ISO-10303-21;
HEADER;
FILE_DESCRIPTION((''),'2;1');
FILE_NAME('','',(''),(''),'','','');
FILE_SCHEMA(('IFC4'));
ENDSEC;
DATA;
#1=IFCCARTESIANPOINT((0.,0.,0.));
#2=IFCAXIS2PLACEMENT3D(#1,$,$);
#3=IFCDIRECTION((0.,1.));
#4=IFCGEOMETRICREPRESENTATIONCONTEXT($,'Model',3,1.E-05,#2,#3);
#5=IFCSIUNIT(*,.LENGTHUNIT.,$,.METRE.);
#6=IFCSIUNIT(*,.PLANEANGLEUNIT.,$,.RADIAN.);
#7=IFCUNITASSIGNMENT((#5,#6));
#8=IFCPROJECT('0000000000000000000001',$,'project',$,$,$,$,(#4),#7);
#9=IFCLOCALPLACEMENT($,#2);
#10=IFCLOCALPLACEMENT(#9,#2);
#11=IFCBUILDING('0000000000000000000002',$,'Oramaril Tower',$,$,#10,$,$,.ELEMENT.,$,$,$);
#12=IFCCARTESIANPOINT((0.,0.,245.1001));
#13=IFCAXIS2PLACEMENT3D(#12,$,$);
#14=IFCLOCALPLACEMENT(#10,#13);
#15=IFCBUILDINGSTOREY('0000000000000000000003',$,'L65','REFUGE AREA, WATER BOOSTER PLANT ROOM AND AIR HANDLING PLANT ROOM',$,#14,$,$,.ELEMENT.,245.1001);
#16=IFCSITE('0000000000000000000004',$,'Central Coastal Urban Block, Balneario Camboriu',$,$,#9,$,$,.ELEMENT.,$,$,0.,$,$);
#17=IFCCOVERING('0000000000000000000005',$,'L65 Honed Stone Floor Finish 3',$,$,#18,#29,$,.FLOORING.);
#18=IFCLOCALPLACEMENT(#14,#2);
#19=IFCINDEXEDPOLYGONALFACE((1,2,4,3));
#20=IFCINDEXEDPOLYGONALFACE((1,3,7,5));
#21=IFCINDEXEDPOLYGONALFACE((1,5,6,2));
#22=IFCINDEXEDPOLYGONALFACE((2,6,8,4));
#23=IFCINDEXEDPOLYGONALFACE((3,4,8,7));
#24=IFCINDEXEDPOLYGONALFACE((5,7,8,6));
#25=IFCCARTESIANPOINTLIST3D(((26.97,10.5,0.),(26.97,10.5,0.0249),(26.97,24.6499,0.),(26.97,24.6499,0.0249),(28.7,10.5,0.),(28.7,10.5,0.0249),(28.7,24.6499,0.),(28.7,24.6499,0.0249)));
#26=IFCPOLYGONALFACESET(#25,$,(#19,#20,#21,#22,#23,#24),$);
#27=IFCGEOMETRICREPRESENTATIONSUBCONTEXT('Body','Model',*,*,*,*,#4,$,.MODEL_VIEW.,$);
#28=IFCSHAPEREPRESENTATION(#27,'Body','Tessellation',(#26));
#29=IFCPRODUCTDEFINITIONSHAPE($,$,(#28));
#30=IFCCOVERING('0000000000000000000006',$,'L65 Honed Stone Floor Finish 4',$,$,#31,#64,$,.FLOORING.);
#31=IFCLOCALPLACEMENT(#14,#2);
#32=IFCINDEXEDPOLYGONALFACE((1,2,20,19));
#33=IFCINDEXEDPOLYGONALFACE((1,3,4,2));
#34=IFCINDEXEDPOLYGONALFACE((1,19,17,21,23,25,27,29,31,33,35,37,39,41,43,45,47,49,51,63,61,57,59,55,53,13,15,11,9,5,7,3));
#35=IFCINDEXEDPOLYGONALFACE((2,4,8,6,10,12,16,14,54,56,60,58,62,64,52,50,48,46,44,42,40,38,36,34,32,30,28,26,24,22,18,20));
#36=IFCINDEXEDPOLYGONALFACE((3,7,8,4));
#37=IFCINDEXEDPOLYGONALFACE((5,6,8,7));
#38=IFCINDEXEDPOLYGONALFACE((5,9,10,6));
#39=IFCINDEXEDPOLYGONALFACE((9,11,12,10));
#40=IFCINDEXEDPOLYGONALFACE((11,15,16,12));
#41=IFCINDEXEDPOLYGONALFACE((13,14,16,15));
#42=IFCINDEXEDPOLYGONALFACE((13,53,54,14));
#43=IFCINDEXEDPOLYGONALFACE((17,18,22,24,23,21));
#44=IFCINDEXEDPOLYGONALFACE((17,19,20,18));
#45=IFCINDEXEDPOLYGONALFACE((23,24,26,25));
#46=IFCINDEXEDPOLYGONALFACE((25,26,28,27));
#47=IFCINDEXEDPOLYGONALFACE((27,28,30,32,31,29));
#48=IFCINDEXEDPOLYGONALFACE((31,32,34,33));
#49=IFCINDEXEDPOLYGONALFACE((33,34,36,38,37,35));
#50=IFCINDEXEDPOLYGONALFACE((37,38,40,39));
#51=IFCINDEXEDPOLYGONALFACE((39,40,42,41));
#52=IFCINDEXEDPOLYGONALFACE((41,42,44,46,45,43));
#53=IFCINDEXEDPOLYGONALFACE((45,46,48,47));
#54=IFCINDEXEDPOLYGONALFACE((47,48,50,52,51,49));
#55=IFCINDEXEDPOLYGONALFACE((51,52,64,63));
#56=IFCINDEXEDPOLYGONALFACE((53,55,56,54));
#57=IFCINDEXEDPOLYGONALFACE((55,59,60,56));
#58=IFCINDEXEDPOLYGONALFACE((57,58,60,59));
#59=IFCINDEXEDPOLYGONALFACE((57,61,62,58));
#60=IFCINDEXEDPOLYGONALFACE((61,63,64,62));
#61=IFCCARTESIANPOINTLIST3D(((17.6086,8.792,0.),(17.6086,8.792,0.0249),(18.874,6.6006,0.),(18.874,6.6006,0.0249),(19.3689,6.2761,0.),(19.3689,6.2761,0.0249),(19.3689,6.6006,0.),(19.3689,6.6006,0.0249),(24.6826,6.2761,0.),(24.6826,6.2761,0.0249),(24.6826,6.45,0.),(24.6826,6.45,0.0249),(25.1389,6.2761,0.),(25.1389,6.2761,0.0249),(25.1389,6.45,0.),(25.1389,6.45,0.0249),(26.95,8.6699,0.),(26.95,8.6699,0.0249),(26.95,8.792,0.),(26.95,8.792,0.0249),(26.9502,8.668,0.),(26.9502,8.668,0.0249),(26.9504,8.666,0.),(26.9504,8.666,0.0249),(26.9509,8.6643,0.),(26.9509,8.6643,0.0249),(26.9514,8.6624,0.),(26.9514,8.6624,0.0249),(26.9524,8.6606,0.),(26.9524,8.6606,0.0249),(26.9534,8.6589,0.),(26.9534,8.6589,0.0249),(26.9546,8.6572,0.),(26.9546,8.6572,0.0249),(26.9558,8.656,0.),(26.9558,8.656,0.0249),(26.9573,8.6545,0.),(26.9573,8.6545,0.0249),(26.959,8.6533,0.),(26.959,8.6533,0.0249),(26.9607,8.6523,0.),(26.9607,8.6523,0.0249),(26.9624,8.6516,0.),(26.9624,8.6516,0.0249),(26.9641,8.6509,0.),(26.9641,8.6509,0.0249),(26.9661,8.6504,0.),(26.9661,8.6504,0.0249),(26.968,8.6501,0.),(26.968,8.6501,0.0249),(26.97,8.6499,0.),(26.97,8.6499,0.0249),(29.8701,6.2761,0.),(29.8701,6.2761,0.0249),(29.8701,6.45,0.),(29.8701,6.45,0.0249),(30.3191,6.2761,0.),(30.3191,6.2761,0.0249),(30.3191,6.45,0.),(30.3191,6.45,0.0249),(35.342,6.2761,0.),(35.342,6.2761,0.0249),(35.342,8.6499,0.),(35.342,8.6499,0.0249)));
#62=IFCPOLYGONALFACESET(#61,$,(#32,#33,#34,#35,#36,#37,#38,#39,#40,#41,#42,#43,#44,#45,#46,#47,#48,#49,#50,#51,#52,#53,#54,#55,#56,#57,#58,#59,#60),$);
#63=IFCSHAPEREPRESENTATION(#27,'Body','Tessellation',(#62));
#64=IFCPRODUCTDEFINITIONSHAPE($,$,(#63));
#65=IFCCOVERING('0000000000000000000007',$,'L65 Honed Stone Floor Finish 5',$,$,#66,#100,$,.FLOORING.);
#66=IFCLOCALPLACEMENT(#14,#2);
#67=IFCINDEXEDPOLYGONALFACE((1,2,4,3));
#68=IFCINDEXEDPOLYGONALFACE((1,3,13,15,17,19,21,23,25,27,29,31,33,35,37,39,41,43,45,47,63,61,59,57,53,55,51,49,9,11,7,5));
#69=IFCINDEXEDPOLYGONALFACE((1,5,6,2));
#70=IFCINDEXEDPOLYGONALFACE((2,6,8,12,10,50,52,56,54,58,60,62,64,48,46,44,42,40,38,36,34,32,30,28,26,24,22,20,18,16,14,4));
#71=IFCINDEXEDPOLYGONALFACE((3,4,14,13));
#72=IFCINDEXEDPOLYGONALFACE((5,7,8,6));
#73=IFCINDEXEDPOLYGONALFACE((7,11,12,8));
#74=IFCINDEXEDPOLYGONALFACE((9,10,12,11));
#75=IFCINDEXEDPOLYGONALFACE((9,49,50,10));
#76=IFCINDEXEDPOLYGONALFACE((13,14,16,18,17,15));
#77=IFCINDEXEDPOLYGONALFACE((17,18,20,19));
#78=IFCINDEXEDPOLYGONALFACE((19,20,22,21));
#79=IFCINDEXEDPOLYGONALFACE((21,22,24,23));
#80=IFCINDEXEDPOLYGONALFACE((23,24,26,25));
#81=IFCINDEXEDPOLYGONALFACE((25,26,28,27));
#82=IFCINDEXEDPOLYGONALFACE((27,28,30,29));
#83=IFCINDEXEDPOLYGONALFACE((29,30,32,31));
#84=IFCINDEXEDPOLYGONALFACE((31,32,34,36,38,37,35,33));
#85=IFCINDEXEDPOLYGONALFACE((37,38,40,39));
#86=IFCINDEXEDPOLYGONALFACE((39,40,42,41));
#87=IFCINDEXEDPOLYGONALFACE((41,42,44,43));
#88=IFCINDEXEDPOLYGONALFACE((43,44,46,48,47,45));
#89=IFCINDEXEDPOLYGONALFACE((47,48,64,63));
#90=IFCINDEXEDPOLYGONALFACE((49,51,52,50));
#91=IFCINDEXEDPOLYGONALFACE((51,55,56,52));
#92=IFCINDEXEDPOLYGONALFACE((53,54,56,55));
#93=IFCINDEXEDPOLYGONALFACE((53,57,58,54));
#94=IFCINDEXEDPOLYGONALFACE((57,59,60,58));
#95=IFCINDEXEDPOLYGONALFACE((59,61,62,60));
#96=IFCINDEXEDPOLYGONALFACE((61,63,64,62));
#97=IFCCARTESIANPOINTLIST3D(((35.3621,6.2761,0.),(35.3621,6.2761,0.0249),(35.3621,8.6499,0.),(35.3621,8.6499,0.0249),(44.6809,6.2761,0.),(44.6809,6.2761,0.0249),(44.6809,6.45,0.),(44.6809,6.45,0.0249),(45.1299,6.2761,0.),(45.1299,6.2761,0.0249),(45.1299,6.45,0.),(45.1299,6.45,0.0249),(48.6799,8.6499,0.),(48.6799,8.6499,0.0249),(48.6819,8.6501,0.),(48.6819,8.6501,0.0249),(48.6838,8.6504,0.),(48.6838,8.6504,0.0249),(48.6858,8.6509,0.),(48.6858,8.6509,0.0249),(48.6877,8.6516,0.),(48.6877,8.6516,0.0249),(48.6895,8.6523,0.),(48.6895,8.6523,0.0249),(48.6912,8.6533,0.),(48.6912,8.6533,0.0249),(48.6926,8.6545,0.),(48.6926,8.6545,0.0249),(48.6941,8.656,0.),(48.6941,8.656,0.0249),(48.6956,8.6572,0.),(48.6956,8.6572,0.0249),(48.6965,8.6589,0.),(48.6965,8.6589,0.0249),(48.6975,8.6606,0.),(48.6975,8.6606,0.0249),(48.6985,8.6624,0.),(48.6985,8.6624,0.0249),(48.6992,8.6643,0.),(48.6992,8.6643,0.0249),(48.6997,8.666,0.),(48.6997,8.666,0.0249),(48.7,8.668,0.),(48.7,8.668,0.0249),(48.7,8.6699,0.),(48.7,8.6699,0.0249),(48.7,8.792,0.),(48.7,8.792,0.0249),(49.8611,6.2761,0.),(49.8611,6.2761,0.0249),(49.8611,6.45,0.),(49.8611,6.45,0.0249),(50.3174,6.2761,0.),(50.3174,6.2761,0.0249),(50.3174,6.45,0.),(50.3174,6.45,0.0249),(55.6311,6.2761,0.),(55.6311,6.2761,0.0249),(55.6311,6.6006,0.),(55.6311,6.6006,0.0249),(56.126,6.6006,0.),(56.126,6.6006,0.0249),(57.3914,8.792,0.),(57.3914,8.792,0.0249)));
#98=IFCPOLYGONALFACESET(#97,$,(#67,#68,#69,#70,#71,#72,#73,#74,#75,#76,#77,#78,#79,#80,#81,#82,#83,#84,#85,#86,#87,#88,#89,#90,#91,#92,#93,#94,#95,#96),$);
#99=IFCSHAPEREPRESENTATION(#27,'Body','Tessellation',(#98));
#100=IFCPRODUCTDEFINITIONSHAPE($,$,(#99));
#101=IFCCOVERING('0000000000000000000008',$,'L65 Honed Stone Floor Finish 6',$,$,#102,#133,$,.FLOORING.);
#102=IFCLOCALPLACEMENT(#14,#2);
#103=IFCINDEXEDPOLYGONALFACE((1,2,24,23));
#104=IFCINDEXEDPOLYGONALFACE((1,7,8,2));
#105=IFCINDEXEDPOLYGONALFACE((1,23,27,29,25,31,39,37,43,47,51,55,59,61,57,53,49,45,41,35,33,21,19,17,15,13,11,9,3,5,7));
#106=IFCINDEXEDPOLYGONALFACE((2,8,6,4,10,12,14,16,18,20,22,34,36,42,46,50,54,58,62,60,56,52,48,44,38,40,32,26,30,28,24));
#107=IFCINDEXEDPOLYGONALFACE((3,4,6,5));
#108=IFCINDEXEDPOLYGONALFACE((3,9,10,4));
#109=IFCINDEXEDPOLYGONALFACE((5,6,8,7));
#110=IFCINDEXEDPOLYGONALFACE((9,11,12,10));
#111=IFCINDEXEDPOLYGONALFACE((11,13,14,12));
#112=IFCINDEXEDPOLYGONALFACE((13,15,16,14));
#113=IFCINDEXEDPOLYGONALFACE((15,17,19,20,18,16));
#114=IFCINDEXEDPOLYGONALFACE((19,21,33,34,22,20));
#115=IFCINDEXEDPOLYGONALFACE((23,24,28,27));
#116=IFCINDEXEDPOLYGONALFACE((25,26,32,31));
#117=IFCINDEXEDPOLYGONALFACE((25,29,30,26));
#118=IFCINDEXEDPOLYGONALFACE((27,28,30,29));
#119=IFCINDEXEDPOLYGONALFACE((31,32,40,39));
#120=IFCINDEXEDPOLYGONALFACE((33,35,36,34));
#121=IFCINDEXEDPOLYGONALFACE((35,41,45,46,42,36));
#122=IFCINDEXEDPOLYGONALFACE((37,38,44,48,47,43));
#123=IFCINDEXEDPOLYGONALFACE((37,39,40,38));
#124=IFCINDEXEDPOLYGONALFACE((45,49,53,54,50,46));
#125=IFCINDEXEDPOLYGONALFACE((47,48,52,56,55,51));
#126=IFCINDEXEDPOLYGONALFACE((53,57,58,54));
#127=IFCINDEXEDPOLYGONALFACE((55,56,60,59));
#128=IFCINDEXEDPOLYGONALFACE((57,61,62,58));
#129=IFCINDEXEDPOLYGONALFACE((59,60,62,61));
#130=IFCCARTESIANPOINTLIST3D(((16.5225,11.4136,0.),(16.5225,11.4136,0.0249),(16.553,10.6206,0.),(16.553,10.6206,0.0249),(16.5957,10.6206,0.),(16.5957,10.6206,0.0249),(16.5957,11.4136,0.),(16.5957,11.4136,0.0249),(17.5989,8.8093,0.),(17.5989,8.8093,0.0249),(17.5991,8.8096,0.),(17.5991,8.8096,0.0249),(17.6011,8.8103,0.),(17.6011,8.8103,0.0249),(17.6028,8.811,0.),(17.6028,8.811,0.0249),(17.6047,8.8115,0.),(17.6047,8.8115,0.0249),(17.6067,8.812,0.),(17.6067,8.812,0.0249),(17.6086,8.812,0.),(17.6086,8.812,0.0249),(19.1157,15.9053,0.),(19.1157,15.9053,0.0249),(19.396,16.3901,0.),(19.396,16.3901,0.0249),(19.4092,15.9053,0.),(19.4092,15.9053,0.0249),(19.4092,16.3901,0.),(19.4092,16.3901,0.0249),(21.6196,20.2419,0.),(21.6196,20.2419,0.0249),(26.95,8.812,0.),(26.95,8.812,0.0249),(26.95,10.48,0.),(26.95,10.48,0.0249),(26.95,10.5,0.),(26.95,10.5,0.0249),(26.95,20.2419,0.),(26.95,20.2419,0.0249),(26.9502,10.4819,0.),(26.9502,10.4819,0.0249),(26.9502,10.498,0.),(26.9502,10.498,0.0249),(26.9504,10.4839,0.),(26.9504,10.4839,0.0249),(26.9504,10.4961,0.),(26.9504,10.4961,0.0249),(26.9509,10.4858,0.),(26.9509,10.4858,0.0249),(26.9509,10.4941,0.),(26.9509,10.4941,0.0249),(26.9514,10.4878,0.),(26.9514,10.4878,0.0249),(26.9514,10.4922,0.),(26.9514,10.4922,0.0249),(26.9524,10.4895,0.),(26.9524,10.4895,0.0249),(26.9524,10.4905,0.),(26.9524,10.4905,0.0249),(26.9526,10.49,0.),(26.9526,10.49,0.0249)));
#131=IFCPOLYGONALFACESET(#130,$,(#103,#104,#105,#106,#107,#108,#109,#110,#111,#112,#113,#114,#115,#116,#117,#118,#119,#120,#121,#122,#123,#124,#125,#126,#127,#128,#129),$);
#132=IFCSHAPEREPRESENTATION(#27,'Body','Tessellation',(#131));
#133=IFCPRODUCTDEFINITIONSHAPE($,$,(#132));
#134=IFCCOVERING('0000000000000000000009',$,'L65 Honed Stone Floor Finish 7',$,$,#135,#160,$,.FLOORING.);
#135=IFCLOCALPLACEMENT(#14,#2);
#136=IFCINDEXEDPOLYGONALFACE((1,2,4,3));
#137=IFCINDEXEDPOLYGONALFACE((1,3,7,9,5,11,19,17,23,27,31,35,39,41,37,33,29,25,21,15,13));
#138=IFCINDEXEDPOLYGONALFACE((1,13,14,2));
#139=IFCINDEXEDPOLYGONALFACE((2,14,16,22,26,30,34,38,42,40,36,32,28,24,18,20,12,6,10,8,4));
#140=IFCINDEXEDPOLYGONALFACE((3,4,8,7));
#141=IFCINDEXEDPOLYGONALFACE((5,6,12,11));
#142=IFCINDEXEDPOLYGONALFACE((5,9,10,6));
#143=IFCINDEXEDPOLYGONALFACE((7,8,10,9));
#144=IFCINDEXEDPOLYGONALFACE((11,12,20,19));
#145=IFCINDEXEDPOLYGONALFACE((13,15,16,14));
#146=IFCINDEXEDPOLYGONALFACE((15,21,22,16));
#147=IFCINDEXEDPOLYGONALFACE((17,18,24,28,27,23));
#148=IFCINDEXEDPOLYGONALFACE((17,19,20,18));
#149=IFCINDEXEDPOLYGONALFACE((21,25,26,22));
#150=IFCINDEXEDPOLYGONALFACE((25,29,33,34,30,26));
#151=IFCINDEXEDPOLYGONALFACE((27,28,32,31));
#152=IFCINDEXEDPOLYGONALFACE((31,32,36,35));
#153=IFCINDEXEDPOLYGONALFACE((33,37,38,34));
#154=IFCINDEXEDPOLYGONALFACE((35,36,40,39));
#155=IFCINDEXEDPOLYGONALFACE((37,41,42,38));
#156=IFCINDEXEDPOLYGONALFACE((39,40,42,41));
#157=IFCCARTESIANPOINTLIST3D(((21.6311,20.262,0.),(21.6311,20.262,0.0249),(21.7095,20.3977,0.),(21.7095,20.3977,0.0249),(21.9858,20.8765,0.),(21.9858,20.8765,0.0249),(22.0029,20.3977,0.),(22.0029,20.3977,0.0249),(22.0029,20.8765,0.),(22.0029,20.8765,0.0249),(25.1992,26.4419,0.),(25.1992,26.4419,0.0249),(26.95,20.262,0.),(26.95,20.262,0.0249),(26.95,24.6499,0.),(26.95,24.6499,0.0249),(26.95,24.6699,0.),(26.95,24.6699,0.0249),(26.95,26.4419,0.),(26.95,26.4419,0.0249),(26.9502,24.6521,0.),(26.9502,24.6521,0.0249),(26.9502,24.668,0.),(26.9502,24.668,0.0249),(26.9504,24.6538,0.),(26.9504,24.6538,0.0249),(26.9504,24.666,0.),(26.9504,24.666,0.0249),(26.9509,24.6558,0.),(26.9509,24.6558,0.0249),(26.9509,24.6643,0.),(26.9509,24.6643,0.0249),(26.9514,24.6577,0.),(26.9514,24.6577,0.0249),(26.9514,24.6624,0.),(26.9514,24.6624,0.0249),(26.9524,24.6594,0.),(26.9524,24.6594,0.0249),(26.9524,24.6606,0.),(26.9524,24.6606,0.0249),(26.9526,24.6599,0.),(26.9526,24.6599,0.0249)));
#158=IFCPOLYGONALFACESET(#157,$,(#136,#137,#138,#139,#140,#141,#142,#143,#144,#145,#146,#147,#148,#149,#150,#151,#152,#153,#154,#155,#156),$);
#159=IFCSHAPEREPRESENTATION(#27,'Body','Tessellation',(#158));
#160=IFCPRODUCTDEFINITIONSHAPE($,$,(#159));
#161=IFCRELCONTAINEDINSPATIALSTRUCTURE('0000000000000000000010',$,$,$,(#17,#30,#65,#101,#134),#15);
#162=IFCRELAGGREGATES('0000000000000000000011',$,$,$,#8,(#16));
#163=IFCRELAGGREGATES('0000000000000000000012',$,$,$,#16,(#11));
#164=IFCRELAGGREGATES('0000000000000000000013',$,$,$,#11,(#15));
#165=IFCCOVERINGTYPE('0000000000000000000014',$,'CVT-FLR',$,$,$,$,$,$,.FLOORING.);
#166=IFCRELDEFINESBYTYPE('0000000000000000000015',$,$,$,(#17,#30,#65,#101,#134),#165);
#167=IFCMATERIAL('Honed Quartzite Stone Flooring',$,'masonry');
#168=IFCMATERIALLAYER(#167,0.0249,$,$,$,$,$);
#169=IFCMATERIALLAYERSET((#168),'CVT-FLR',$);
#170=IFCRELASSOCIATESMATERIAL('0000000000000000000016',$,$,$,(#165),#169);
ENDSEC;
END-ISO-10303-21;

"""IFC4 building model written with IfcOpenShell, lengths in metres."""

from ifc_helpers import new_model, si_unit, direction, frame, origin, place, context, subcontext, project, spatial, polyline, outline, extrude, material, layer, layer_set, type_object, element, save


model = new_model("IFC4")

# Units and contexts
model_context = context("Model", 3, precision=1e-05, world=origin(), true_north=direction((0.0, 1.0)))
body_context = subcontext(model_context, "Body", "Model", "MODEL_VIEW")
ifc_project = project(units=[si_unit("LENGTHUNIT", "METRE"), si_unit("PLANEANGLEUNIT", "RADIAN")], contexts=[model_context])

# Site, building, storey
site_placement = place(None, origin())
site = spatial("IfcSite", under=ifc_project, at=site_placement, Name="Central Coastal Urban Block, Balneario Camboriu", CompositionType="ELEMENT", RefElevation=0.0)
building_placement = place(site_placement, origin())
building = spatial("IfcBuilding", under=site, at=building_placement, Name="Oramaril Tower", CompositionType="ELEMENT")
storey_placement = place(building_placement, frame((0.0, 0.0, 245.1001)))
storey = spatial("IfcBuildingStorey", under=building, at=storey_placement, Name="L65", Description="REFUGE AREA, WATER BOOSTER PLANT ROOM AND AIR HANDLING PLANT ROOM", CompositionType="ELEMENT", Elevation=245.1001)

# Coverings
ifc_material_1 = material(Name="Honed Quartzite Stone Flooring", Category="masonry")
ifc_layer_1 = layer(ifc_material_1, 0.0249)
ifc_layer_set_1 = layer_set([ifc_layer_1], Name="CVT-FLR")
covering_type_1 = type_object("IfcCoveringType", Name="CVT-FLR", PredefinedType="FLOORING", material=ifc_layer_set_1)
covering_1_placement = place(storey_placement, origin())
element("IfcCovering", 1, at=covering_1_placement, inside=storey, type_object=covering_type_1, Name="L65 Honed Stone Floor Finish 3", PredefinedType="FLOORING", context=body_context, shape_type="SweptSolid", body=[
    extrude(outline(polyline([(28.7, 10.5), (26.97, 10.5), (26.97, 24.6499), (28.7, 24.6499), (28.7, 10.5)])), origin(), (0.0, 0.0, 1.0), 0.0249),
])
covering_2_placement = place(storey_placement, origin())
element("IfcCovering", 2, at=covering_2_placement, inside=storey, type_object=covering_type_1, Name="L65 Honed Stone Floor Finish 4", PredefinedType="FLOORING", context=body_context, shape_type="SweptSolid", body=[
    extrude(outline(polyline([(35.342, 6.2761), (30.3191, 6.2761), (30.3191, 6.45), (29.8701, 6.45), (29.8701, 6.2761), (25.1389, 6.2761), (25.1389, 6.45), (24.6826, 6.45), (24.6826, 6.2761), (19.3689, 6.2761), (19.3689, 6.6006), (18.874, 6.6006), (17.6086, 8.792), (26.95, 8.792), (26.95, 8.6699), (26.9502, 8.668), (26.9504, 8.666), (26.9509, 8.6643), (26.9514, 8.6624), (26.9524, 8.6606), (26.9534, 8.6589), (26.9546, 8.6572), (26.9558, 8.656), (26.9573, 8.6545), (26.959, 8.6533), (26.9607, 8.6523), (26.9624, 8.6516), (26.9641, 8.6509), (26.9661, 8.6504), (26.968, 8.6501), (26.97, 8.6499), (35.342, 8.6499), (35.342, 6.2761)])), origin(), (0.0, 0.0, 1.0), 0.0249),
])
covering_3_placement = place(storey_placement, origin())
element("IfcCovering", 3, at=covering_3_placement, inside=storey, type_object=covering_type_1, Name="L65 Honed Stone Floor Finish 5", PredefinedType="FLOORING", context=body_context, shape_type="SweptSolid", body=[
    extrude(outline(polyline([(50.3174, 6.45), (49.8611, 6.45), (49.8611, 6.2761), (45.1299, 6.2761), (45.1299, 6.45), (44.6809, 6.45), (44.6809, 6.2761), (35.3621, 6.2761), (35.3621, 8.6499), (48.6799, 8.6499), (48.6819, 8.6501), (48.6838, 8.6504), (48.6858, 8.6509), (48.6877, 8.6516), (48.6895, 8.6523), (48.6912, 8.6533), (48.6926, 8.6545), (48.6941, 8.656), (48.6956, 8.6572), (48.6965, 8.6589), (48.6975, 8.6606), (48.6985, 8.6624), (48.6992, 8.6643), (48.6997, 8.666), (48.7, 8.668), (48.7, 8.6699), (48.7, 8.792), (57.3914, 8.792), (56.126, 6.6006), (55.6311, 6.6006), (55.6311, 6.2761), (50.3174, 6.2761), (50.3174, 6.45)])), origin(), (0.0, 0.0, 1.0), 0.0249),
])
covering_4_placement = place(storey_placement, origin())
element("IfcCovering", 4, at=covering_4_placement, inside=storey, type_object=covering_type_1, Name="L65 Honed Stone Floor Finish 6", PredefinedType="FLOORING", context=body_context, shape_type="SweptSolid", body=[
    extrude(outline(polyline([(16.553, 10.6206), (16.5957, 10.6206), (16.5957, 11.4136), (16.5225, 11.4136), (19.1157, 15.9053), (19.4092, 15.9053), (19.4092, 16.3901), (19.396, 16.3901), (21.6196, 20.2419), (26.95, 20.2419), (26.95, 10.5), (26.9502, 10.498), (26.9504, 10.4961), (26.9509, 10.4941), (26.9514, 10.4922), (26.9524, 10.4905), (26.9526, 10.49), (26.9524, 10.4895), (26.9514, 10.4878), (26.9509, 10.4858), (26.9504, 10.4839), (26.9502, 10.4819), (26.95, 10.48), (26.95, 8.812), (17.6086, 8.812), (17.6067, 8.812), (17.6047, 8.8115), (17.6028, 8.811), (17.6011, 8.8103), (17.5991, 8.8096), (17.5989, 8.8093), (16.553, 10.6206)])), origin(), (0.0, 0.0, 1.0), 0.0249),
])
covering_5_placement = place(storey_placement, origin())
element("IfcCovering", 5, at=covering_5_placement, inside=storey, type_object=covering_type_1, Name="L65 Honed Stone Floor Finish 7", PredefinedType="FLOORING", context=body_context, shape_type="SweptSolid", body=[
    extrude(outline(polyline([(21.7095, 20.3977), (22.0029, 20.3977), (22.0029, 20.8765), (21.9858, 20.8765), (25.1992, 26.4419), (26.95, 26.4419), (26.95, 24.6699), (26.9502, 24.668), (26.9504, 24.666), (26.9509, 24.6643), (26.9514, 24.6624), (26.9524, 24.6606), (26.9526, 24.6599), (26.9524, 24.6594), (26.9514, 24.6577), (26.9509, 24.6558), (26.9504, 24.6538), (26.9502, 24.6521), (26.95, 24.6499), (26.95, 20.262), (21.6311, 20.262), (21.7095, 20.3977)])), origin(), (0.0, 0.0, 1.0), 0.0249),
])

save(model, "model.ifc")
